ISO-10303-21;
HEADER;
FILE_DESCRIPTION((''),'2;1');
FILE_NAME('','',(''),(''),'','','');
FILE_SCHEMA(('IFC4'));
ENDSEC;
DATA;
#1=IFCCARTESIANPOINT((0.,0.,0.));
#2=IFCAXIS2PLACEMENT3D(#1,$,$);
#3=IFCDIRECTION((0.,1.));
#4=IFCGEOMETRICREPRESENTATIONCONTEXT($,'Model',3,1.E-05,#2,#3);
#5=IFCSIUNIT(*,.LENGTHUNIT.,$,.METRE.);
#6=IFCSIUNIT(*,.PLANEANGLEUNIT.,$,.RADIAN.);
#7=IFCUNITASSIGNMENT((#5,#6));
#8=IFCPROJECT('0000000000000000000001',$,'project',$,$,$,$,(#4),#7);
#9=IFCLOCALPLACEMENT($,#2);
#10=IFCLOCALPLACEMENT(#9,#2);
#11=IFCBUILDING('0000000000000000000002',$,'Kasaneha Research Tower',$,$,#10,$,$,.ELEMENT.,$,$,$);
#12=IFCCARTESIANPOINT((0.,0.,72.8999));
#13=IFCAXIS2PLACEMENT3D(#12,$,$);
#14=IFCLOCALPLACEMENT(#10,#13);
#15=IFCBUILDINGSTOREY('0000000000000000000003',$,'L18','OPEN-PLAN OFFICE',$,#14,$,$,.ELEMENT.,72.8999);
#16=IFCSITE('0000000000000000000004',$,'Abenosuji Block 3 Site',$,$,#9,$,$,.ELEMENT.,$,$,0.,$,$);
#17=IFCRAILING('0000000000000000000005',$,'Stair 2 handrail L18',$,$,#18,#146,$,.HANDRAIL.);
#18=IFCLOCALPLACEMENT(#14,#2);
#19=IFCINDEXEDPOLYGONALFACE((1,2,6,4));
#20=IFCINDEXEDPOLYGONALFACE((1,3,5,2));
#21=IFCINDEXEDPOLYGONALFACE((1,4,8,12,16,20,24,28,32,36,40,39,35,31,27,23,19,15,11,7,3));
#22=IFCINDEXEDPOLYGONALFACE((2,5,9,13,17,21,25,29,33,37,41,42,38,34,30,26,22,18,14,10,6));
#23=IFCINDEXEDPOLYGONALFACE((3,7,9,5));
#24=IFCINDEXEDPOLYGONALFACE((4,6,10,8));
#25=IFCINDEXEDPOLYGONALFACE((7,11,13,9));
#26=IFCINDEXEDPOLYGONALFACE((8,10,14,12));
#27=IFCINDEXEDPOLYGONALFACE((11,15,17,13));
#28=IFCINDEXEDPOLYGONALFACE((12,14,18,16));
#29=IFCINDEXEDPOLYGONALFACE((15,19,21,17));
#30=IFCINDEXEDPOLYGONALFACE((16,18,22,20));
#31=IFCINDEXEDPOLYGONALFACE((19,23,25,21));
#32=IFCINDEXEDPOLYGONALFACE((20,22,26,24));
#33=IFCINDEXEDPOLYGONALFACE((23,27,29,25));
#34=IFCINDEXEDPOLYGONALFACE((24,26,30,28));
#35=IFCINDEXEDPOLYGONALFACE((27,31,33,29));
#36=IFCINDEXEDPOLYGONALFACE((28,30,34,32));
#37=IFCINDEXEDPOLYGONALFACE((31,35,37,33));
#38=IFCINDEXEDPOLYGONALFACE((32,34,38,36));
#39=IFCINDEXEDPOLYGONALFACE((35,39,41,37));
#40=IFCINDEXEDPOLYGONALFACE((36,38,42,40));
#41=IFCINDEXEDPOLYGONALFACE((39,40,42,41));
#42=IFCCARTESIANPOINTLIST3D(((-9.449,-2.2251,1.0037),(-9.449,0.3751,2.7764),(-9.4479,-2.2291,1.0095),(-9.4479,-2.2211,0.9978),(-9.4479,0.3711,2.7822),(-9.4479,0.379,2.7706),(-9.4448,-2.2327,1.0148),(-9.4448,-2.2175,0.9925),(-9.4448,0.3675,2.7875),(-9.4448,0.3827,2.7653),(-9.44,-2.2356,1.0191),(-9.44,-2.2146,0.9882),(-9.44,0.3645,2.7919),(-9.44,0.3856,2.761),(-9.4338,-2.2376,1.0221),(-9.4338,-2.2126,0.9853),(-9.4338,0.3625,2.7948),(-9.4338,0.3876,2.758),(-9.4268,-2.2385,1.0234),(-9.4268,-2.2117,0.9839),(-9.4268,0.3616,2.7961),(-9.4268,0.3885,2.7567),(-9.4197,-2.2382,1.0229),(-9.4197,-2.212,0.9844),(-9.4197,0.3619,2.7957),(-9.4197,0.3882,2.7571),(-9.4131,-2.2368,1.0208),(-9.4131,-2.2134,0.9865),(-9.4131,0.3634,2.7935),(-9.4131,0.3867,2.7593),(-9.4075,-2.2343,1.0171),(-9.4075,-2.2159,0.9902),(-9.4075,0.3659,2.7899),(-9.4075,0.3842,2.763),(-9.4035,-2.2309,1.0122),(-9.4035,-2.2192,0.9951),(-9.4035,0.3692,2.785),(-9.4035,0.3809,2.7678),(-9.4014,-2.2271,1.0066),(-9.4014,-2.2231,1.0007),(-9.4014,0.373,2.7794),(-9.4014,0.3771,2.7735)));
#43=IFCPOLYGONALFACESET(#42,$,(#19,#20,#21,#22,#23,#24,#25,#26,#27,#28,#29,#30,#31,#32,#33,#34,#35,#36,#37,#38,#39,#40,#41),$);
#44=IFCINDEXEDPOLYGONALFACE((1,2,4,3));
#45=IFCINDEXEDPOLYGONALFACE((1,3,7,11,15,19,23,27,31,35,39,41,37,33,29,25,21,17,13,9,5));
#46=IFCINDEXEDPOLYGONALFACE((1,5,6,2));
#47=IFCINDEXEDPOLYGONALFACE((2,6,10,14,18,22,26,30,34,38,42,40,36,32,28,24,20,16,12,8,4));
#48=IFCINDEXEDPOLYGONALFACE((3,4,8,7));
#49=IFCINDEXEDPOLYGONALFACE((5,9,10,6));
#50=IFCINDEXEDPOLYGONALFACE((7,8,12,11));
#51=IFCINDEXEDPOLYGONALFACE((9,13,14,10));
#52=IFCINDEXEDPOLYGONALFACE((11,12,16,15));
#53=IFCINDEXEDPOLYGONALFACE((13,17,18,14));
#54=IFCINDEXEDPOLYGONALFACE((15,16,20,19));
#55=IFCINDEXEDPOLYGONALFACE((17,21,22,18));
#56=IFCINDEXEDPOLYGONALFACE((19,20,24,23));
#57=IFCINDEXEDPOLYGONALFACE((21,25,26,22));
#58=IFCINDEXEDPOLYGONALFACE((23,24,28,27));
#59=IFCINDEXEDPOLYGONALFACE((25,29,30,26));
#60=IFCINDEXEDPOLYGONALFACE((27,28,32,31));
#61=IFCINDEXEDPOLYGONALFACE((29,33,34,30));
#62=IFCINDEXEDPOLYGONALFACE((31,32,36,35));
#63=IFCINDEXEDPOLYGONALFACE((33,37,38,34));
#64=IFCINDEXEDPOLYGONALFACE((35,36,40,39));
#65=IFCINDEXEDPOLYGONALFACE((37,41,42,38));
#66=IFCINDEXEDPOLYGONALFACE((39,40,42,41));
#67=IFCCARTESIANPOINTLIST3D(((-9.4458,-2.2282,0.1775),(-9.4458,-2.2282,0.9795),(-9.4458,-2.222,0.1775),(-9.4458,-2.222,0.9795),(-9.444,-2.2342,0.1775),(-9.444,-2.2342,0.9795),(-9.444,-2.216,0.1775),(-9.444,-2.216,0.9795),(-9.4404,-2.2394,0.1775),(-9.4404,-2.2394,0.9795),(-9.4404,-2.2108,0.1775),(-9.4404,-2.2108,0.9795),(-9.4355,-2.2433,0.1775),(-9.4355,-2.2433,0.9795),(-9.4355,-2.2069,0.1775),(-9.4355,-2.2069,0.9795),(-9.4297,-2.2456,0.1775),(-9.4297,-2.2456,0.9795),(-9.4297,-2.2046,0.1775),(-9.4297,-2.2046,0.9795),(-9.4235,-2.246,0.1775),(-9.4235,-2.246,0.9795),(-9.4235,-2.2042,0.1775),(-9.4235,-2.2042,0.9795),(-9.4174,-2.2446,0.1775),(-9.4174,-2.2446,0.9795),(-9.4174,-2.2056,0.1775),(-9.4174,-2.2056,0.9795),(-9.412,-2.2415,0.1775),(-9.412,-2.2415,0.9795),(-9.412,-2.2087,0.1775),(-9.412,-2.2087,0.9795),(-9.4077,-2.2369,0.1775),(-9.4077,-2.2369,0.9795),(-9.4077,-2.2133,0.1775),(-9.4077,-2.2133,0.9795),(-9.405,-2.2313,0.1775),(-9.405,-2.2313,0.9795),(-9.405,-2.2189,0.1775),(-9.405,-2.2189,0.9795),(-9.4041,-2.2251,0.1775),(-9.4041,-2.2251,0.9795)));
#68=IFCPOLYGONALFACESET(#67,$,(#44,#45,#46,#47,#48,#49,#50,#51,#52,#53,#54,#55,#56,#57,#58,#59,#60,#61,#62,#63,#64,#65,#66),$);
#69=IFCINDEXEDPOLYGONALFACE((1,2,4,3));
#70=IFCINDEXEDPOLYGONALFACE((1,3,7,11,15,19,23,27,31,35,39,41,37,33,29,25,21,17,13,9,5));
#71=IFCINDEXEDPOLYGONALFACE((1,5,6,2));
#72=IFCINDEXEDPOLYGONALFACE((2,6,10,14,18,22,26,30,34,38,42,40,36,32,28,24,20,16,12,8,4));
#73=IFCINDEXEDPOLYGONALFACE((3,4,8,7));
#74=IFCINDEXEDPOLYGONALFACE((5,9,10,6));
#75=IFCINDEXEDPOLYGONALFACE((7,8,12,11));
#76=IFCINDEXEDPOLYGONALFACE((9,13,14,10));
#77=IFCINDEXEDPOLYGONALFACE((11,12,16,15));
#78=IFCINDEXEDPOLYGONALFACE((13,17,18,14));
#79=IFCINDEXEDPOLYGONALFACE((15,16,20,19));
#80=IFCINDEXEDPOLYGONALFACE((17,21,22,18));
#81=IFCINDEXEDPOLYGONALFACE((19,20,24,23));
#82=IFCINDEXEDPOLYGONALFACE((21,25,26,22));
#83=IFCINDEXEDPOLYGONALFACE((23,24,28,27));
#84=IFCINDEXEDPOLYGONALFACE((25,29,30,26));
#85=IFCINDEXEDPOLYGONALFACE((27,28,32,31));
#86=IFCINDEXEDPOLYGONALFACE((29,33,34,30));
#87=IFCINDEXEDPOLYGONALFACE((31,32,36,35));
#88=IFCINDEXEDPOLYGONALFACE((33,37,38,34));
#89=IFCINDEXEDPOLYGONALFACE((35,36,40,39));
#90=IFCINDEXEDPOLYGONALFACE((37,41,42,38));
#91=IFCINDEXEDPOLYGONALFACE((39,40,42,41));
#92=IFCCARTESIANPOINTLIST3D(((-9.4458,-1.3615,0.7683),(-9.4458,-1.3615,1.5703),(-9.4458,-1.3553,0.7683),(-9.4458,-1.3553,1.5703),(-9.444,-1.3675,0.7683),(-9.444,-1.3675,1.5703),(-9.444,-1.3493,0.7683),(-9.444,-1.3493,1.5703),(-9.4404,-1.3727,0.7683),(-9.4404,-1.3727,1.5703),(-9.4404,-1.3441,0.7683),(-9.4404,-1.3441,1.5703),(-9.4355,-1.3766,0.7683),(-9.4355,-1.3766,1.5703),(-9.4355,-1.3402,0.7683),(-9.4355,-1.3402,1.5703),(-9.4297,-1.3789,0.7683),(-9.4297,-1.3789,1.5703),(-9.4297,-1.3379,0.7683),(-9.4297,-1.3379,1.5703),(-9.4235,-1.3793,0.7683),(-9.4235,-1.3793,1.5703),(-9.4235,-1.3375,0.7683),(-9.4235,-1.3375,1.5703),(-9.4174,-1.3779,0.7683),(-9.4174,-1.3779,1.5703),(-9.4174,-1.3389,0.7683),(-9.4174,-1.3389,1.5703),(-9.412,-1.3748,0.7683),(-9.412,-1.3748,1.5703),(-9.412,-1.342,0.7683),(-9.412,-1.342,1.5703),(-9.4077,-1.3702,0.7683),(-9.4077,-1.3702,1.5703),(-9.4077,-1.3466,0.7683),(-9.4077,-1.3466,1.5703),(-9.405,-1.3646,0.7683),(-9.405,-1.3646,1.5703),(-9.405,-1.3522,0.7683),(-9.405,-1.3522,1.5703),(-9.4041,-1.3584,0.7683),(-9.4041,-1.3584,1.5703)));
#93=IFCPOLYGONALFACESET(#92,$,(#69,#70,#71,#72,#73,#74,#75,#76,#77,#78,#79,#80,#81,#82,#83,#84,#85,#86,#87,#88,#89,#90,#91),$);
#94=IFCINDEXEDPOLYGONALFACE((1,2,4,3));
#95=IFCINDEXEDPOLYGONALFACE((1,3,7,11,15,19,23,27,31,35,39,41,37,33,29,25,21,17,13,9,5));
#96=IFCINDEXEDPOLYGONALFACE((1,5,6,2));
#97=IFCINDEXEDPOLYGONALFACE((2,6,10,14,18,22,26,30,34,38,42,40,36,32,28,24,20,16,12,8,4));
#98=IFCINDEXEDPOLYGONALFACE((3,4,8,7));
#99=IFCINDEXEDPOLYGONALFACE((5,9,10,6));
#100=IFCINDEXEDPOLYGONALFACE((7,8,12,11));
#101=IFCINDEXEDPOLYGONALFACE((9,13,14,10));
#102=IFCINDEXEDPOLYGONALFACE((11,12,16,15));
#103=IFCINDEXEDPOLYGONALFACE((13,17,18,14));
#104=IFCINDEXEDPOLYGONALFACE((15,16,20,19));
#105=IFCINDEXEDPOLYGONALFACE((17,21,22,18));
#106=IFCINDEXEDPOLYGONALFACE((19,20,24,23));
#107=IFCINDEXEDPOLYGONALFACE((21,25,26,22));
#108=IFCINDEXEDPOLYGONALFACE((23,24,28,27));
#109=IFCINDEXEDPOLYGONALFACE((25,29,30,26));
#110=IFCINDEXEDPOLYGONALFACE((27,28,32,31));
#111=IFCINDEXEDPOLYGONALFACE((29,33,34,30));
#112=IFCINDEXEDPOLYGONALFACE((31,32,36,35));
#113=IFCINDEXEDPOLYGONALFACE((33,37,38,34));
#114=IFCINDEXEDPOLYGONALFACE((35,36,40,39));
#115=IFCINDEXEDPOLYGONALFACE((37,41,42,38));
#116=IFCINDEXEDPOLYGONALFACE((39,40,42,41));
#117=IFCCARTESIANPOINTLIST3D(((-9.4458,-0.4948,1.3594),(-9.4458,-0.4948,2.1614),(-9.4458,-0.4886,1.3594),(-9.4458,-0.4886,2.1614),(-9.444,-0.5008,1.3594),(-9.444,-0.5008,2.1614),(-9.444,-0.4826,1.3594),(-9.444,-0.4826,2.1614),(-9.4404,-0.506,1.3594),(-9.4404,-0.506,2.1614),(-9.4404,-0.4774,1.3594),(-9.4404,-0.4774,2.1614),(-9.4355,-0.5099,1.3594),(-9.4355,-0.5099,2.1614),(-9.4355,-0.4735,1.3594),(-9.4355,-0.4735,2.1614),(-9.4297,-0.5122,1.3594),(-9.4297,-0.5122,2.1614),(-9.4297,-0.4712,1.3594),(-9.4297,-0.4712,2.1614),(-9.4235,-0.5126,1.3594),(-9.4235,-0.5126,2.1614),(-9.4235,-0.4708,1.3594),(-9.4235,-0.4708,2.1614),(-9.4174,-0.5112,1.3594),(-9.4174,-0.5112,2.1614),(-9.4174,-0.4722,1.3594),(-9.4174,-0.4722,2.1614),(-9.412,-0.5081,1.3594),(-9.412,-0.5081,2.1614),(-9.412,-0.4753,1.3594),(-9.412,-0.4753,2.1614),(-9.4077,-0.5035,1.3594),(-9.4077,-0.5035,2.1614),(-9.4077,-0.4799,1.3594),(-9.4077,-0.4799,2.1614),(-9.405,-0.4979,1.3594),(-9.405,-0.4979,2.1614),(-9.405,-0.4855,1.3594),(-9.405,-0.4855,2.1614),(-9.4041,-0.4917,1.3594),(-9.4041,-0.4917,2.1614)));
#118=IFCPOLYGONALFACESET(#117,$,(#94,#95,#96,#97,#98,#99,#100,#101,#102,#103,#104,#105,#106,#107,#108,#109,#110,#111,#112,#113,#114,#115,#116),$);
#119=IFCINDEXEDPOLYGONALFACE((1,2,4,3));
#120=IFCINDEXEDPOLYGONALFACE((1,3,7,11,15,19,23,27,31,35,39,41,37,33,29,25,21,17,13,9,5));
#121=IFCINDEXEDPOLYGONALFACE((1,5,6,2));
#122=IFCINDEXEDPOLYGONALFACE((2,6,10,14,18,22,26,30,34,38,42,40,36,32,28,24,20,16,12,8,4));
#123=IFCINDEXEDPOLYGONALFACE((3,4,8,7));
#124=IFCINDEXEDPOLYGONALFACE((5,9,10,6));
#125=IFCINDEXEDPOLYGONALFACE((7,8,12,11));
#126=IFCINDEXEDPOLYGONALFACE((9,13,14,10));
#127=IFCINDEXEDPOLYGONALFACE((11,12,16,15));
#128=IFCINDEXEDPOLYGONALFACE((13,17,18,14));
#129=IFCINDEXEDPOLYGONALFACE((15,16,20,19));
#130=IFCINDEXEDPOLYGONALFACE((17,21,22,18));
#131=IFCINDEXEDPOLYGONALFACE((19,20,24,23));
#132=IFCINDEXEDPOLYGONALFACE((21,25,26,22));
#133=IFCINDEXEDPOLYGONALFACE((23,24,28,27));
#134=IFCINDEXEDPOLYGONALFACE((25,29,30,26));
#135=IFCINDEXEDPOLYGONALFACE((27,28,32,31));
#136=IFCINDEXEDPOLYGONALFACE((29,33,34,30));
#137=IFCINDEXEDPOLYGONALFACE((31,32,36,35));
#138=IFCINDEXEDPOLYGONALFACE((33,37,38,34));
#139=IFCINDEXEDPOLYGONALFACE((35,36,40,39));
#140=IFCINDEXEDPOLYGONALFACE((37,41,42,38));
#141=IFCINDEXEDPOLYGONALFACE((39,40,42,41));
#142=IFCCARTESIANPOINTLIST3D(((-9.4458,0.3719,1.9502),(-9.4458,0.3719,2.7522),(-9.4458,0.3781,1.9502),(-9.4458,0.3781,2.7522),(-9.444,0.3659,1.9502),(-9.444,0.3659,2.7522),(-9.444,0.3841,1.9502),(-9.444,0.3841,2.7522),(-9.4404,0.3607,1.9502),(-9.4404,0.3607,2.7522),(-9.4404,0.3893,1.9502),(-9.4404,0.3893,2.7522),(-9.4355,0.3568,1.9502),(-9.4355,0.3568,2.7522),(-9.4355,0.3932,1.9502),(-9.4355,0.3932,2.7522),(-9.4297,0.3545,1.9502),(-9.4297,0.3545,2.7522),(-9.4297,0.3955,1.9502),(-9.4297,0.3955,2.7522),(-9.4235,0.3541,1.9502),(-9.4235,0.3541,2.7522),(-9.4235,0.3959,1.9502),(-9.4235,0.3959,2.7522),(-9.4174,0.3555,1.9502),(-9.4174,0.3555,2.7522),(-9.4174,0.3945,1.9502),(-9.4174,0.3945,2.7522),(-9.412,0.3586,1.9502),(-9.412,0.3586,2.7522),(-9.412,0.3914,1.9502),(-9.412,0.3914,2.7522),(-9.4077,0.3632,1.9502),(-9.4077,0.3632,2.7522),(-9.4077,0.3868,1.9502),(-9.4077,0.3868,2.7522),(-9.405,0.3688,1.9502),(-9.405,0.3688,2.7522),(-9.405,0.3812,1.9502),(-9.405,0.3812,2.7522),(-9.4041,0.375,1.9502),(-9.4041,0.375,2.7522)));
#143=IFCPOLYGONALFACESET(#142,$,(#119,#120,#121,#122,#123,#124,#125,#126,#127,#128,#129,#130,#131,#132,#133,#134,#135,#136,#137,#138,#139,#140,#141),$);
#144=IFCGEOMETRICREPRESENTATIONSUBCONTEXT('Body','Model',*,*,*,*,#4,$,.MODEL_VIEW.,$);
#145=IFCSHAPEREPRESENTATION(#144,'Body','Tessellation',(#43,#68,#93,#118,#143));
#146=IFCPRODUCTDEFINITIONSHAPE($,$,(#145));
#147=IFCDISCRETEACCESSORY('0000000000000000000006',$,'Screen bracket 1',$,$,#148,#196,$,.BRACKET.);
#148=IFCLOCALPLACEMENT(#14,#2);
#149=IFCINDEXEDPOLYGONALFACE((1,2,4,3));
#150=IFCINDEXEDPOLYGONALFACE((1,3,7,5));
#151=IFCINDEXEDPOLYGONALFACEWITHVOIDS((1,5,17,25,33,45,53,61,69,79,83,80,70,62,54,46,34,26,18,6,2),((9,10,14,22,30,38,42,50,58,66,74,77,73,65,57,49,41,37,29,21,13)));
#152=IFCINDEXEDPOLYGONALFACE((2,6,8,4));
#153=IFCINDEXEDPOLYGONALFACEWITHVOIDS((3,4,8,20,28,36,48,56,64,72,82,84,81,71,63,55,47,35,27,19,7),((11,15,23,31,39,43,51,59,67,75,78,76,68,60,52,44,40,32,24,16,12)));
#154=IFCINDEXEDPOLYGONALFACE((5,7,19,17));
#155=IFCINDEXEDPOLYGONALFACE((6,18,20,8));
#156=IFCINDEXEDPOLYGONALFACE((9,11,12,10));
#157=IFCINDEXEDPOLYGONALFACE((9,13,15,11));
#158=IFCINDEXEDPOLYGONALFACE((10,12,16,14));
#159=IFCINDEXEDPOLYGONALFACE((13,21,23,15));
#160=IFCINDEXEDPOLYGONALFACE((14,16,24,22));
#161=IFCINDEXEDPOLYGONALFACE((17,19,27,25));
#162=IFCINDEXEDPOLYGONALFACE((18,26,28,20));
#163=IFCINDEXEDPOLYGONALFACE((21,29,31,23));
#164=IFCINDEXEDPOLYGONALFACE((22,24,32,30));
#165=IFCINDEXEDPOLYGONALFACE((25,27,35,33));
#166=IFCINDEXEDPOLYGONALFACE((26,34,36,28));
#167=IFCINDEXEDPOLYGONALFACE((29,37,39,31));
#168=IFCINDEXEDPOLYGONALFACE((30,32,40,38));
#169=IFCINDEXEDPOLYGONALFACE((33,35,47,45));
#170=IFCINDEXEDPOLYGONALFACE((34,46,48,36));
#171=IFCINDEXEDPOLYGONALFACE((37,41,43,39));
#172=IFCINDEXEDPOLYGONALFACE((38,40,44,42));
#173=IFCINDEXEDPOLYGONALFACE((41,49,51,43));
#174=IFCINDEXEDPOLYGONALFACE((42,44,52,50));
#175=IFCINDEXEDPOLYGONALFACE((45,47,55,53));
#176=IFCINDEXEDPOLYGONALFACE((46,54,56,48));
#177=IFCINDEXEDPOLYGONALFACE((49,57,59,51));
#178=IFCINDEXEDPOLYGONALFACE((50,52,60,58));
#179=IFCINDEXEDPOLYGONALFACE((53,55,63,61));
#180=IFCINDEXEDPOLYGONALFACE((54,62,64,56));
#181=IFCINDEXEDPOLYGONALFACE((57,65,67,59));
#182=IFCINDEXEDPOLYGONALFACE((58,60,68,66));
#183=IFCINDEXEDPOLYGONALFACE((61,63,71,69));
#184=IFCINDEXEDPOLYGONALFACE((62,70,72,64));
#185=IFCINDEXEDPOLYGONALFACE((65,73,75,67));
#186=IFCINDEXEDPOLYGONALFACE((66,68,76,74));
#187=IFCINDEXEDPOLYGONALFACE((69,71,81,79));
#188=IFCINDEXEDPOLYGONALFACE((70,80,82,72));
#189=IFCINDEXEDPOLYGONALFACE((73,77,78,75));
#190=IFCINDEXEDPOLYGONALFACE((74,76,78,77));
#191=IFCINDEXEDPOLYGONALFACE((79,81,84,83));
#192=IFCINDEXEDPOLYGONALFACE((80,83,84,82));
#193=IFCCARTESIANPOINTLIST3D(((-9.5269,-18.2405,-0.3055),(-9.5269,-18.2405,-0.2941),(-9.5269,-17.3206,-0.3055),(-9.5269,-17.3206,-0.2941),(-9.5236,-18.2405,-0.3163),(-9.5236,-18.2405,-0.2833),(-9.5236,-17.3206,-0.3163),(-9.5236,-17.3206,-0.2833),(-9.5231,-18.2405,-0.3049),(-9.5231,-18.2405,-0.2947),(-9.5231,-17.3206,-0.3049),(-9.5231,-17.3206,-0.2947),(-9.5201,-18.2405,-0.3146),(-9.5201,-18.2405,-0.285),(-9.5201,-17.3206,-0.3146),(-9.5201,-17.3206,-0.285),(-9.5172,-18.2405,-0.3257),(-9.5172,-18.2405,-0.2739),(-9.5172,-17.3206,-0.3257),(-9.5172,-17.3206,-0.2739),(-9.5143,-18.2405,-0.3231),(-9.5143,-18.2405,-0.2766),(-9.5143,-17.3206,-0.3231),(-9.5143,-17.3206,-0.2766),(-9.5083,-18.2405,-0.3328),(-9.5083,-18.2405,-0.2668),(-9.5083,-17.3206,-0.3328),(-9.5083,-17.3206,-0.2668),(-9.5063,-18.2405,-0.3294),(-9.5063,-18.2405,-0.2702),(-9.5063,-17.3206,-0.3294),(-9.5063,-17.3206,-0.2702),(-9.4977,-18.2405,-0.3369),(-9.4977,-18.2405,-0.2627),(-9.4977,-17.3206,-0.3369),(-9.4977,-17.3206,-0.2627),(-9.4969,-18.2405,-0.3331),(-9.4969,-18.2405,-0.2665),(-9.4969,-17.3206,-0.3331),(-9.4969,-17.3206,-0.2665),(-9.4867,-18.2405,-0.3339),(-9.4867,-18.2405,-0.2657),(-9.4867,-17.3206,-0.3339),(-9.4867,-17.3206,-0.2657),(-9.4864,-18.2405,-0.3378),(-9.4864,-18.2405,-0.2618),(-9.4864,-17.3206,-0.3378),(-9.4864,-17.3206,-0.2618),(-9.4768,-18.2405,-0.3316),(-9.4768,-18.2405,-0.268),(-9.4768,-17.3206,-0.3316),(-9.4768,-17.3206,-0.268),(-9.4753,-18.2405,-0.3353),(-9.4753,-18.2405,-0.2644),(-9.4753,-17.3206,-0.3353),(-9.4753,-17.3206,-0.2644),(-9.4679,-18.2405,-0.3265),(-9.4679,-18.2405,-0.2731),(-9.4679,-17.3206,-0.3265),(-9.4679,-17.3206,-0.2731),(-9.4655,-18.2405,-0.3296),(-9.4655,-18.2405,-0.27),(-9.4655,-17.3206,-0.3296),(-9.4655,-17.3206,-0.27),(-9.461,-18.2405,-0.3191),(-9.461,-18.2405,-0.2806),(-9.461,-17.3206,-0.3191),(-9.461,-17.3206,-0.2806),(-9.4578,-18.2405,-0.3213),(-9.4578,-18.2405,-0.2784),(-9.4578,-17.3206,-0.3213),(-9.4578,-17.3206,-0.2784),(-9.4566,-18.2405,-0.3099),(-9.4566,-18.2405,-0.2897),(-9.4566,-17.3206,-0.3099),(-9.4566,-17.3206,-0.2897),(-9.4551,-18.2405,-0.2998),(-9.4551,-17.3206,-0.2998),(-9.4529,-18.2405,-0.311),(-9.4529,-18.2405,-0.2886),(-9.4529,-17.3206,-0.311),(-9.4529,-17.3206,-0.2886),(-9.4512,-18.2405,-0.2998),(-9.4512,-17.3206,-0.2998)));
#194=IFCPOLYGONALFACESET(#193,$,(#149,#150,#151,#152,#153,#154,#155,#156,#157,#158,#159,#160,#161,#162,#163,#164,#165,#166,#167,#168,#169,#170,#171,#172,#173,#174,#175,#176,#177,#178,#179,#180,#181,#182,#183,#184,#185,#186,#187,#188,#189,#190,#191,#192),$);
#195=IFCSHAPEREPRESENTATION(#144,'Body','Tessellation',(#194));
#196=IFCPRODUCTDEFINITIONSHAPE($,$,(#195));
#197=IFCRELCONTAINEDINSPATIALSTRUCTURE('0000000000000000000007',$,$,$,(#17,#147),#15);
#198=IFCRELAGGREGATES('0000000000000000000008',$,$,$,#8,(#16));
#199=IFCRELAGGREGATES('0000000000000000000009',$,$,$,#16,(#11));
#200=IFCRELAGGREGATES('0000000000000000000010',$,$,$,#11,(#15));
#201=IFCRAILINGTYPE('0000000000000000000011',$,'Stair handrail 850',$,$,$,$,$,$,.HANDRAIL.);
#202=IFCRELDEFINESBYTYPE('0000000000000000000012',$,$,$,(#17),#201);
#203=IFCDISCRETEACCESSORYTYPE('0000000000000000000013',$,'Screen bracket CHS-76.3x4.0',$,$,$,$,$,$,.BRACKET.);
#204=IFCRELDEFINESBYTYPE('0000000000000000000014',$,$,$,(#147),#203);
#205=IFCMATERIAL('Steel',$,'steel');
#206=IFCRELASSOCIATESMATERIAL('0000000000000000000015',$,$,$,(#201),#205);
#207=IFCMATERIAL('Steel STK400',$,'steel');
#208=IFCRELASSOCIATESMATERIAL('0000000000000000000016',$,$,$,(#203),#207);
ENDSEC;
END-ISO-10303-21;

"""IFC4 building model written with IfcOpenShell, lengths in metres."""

from ifc_helpers import new_model, si_unit, direction, frame, origin, origin_2d, place, context, subcontext, project, spatial, circle, hollow_circle, extrude, material, material_profile, profile_set, type_object, element, save


model = new_model("IFC4")

# Units and contexts
model_context = context("Model", 3, precision=1e-05, world=origin(), true_north=direction((0.0, 1.0)))
body_context = subcontext(model_context, "Body", "Model", "MODEL_VIEW")
ifc_project = project(units=[si_unit("LENGTHUNIT", "METRE"), si_unit("PLANEANGLEUNIT", "RADIAN")], contexts=[model_context])

# Site, building, storey
site_placement = place(None, origin())
site = spatial("IfcSite", under=ifc_project, at=site_placement, Name="Abenosuji Block 3 Site", CompositionType="ELEMENT", RefElevation=0.0)
building_placement = place(site_placement, origin())
building = spatial("IfcBuilding", under=site, at=building_placement, Name="Kasaneha Research Tower", CompositionType="ELEMENT")
storey_placement = place(building_placement, frame((0.0, 0.0, 72.8999)))
storey = spatial("IfcBuildingStorey", under=building, at=storey_placement, Name="L18", Description="OPEN-PLAN OFFICE", CompositionType="ELEMENT", Elevation=72.8999)

# Railing
ifc_material_1 = material(Name="Steel", Category="steel")
railing_type = type_object("IfcRailingType", Name="Stair handrail 850", PredefinedType="HANDRAIL", material=ifc_material_1)
railing_placement = place(storey_placement, frame((-9.425, -2.2251, 0.1775)))
element("IfcRailing", 1, at=railing_placement, inside=storey, type_object=railing_type, Name="Stair 2 handrail L18", PredefinedType="HANDRAIL", context=body_context, shape_type="SweptSolid", body=[
    extrude(circle(Radius=0.0239, at=origin_2d()), frame((0.0, 0.0, 0.8262), z_axis=(0.0, 0.82624, 0.563318), x_axis=(-1.0, 0.0, 0.0)), (0.0, 0.0, 1.0), 3.147),
    extrude(circle(Radius=0.021, at=origin_2d()), origin(), (0.0, 0.0, 1.0), 0.802),
    extrude(circle(Radius=0.021, at=origin_2d()), frame((0.0, 0.8667, 0.5908)), (0.0, 0.0, 1.0), 0.802),
    extrude(circle(Radius=0.021, at=origin_2d()), frame((0.0, 1.7334, 1.1819)), (0.0, 0.0, 1.0), 0.802),
    extrude(circle(Radius=0.021, at=origin_2d()), frame((0.0, 2.6001, 1.7727)), (0.0, 0.0, 1.0), 0.802),
])

# Discrete accessory
ifc_material_2 = material(Name="Steel STK400", Category="steel")
ifc_material_profile_1 = material_profile(ifc_material_2, hollow_circle(Radius=0.0381, WallThickness=0.0039, at=origin_2d()), Name="CHS-76.3x4.0")
ifc_profile_set_1 = profile_set([ifc_material_profile_1], Name="Steel STK400")
discrete_accessory_type = type_object("IfcDiscreteAccessoryType", Name="Screen bracket CHS-76.3x4.0", PredefinedType="BRACKET", material=ifc_profile_set_1)
discrete_accessory_placement = place(storey_placement, frame((-9.4893, -17.3206, -0.2998), z_axis=(0.0, -1.0, 0.0), x_axis=(1.0, 0.0, 0.0)))
element("IfcDiscreteAccessory", 2, at=discrete_accessory_placement, inside=storey, type_object=discrete_accessory_type, Name="Screen bracket 1", PredefinedType="BRACKET", context=body_context, shape_type="SweptSolid", body=[
    extrude(hollow_circle(Radius=0.0381, WallThickness=0.0039, at=origin_2d()), origin(), (0.0, 0.0, 1.0), 0.9199),
])

save(model, "model.ifc")
